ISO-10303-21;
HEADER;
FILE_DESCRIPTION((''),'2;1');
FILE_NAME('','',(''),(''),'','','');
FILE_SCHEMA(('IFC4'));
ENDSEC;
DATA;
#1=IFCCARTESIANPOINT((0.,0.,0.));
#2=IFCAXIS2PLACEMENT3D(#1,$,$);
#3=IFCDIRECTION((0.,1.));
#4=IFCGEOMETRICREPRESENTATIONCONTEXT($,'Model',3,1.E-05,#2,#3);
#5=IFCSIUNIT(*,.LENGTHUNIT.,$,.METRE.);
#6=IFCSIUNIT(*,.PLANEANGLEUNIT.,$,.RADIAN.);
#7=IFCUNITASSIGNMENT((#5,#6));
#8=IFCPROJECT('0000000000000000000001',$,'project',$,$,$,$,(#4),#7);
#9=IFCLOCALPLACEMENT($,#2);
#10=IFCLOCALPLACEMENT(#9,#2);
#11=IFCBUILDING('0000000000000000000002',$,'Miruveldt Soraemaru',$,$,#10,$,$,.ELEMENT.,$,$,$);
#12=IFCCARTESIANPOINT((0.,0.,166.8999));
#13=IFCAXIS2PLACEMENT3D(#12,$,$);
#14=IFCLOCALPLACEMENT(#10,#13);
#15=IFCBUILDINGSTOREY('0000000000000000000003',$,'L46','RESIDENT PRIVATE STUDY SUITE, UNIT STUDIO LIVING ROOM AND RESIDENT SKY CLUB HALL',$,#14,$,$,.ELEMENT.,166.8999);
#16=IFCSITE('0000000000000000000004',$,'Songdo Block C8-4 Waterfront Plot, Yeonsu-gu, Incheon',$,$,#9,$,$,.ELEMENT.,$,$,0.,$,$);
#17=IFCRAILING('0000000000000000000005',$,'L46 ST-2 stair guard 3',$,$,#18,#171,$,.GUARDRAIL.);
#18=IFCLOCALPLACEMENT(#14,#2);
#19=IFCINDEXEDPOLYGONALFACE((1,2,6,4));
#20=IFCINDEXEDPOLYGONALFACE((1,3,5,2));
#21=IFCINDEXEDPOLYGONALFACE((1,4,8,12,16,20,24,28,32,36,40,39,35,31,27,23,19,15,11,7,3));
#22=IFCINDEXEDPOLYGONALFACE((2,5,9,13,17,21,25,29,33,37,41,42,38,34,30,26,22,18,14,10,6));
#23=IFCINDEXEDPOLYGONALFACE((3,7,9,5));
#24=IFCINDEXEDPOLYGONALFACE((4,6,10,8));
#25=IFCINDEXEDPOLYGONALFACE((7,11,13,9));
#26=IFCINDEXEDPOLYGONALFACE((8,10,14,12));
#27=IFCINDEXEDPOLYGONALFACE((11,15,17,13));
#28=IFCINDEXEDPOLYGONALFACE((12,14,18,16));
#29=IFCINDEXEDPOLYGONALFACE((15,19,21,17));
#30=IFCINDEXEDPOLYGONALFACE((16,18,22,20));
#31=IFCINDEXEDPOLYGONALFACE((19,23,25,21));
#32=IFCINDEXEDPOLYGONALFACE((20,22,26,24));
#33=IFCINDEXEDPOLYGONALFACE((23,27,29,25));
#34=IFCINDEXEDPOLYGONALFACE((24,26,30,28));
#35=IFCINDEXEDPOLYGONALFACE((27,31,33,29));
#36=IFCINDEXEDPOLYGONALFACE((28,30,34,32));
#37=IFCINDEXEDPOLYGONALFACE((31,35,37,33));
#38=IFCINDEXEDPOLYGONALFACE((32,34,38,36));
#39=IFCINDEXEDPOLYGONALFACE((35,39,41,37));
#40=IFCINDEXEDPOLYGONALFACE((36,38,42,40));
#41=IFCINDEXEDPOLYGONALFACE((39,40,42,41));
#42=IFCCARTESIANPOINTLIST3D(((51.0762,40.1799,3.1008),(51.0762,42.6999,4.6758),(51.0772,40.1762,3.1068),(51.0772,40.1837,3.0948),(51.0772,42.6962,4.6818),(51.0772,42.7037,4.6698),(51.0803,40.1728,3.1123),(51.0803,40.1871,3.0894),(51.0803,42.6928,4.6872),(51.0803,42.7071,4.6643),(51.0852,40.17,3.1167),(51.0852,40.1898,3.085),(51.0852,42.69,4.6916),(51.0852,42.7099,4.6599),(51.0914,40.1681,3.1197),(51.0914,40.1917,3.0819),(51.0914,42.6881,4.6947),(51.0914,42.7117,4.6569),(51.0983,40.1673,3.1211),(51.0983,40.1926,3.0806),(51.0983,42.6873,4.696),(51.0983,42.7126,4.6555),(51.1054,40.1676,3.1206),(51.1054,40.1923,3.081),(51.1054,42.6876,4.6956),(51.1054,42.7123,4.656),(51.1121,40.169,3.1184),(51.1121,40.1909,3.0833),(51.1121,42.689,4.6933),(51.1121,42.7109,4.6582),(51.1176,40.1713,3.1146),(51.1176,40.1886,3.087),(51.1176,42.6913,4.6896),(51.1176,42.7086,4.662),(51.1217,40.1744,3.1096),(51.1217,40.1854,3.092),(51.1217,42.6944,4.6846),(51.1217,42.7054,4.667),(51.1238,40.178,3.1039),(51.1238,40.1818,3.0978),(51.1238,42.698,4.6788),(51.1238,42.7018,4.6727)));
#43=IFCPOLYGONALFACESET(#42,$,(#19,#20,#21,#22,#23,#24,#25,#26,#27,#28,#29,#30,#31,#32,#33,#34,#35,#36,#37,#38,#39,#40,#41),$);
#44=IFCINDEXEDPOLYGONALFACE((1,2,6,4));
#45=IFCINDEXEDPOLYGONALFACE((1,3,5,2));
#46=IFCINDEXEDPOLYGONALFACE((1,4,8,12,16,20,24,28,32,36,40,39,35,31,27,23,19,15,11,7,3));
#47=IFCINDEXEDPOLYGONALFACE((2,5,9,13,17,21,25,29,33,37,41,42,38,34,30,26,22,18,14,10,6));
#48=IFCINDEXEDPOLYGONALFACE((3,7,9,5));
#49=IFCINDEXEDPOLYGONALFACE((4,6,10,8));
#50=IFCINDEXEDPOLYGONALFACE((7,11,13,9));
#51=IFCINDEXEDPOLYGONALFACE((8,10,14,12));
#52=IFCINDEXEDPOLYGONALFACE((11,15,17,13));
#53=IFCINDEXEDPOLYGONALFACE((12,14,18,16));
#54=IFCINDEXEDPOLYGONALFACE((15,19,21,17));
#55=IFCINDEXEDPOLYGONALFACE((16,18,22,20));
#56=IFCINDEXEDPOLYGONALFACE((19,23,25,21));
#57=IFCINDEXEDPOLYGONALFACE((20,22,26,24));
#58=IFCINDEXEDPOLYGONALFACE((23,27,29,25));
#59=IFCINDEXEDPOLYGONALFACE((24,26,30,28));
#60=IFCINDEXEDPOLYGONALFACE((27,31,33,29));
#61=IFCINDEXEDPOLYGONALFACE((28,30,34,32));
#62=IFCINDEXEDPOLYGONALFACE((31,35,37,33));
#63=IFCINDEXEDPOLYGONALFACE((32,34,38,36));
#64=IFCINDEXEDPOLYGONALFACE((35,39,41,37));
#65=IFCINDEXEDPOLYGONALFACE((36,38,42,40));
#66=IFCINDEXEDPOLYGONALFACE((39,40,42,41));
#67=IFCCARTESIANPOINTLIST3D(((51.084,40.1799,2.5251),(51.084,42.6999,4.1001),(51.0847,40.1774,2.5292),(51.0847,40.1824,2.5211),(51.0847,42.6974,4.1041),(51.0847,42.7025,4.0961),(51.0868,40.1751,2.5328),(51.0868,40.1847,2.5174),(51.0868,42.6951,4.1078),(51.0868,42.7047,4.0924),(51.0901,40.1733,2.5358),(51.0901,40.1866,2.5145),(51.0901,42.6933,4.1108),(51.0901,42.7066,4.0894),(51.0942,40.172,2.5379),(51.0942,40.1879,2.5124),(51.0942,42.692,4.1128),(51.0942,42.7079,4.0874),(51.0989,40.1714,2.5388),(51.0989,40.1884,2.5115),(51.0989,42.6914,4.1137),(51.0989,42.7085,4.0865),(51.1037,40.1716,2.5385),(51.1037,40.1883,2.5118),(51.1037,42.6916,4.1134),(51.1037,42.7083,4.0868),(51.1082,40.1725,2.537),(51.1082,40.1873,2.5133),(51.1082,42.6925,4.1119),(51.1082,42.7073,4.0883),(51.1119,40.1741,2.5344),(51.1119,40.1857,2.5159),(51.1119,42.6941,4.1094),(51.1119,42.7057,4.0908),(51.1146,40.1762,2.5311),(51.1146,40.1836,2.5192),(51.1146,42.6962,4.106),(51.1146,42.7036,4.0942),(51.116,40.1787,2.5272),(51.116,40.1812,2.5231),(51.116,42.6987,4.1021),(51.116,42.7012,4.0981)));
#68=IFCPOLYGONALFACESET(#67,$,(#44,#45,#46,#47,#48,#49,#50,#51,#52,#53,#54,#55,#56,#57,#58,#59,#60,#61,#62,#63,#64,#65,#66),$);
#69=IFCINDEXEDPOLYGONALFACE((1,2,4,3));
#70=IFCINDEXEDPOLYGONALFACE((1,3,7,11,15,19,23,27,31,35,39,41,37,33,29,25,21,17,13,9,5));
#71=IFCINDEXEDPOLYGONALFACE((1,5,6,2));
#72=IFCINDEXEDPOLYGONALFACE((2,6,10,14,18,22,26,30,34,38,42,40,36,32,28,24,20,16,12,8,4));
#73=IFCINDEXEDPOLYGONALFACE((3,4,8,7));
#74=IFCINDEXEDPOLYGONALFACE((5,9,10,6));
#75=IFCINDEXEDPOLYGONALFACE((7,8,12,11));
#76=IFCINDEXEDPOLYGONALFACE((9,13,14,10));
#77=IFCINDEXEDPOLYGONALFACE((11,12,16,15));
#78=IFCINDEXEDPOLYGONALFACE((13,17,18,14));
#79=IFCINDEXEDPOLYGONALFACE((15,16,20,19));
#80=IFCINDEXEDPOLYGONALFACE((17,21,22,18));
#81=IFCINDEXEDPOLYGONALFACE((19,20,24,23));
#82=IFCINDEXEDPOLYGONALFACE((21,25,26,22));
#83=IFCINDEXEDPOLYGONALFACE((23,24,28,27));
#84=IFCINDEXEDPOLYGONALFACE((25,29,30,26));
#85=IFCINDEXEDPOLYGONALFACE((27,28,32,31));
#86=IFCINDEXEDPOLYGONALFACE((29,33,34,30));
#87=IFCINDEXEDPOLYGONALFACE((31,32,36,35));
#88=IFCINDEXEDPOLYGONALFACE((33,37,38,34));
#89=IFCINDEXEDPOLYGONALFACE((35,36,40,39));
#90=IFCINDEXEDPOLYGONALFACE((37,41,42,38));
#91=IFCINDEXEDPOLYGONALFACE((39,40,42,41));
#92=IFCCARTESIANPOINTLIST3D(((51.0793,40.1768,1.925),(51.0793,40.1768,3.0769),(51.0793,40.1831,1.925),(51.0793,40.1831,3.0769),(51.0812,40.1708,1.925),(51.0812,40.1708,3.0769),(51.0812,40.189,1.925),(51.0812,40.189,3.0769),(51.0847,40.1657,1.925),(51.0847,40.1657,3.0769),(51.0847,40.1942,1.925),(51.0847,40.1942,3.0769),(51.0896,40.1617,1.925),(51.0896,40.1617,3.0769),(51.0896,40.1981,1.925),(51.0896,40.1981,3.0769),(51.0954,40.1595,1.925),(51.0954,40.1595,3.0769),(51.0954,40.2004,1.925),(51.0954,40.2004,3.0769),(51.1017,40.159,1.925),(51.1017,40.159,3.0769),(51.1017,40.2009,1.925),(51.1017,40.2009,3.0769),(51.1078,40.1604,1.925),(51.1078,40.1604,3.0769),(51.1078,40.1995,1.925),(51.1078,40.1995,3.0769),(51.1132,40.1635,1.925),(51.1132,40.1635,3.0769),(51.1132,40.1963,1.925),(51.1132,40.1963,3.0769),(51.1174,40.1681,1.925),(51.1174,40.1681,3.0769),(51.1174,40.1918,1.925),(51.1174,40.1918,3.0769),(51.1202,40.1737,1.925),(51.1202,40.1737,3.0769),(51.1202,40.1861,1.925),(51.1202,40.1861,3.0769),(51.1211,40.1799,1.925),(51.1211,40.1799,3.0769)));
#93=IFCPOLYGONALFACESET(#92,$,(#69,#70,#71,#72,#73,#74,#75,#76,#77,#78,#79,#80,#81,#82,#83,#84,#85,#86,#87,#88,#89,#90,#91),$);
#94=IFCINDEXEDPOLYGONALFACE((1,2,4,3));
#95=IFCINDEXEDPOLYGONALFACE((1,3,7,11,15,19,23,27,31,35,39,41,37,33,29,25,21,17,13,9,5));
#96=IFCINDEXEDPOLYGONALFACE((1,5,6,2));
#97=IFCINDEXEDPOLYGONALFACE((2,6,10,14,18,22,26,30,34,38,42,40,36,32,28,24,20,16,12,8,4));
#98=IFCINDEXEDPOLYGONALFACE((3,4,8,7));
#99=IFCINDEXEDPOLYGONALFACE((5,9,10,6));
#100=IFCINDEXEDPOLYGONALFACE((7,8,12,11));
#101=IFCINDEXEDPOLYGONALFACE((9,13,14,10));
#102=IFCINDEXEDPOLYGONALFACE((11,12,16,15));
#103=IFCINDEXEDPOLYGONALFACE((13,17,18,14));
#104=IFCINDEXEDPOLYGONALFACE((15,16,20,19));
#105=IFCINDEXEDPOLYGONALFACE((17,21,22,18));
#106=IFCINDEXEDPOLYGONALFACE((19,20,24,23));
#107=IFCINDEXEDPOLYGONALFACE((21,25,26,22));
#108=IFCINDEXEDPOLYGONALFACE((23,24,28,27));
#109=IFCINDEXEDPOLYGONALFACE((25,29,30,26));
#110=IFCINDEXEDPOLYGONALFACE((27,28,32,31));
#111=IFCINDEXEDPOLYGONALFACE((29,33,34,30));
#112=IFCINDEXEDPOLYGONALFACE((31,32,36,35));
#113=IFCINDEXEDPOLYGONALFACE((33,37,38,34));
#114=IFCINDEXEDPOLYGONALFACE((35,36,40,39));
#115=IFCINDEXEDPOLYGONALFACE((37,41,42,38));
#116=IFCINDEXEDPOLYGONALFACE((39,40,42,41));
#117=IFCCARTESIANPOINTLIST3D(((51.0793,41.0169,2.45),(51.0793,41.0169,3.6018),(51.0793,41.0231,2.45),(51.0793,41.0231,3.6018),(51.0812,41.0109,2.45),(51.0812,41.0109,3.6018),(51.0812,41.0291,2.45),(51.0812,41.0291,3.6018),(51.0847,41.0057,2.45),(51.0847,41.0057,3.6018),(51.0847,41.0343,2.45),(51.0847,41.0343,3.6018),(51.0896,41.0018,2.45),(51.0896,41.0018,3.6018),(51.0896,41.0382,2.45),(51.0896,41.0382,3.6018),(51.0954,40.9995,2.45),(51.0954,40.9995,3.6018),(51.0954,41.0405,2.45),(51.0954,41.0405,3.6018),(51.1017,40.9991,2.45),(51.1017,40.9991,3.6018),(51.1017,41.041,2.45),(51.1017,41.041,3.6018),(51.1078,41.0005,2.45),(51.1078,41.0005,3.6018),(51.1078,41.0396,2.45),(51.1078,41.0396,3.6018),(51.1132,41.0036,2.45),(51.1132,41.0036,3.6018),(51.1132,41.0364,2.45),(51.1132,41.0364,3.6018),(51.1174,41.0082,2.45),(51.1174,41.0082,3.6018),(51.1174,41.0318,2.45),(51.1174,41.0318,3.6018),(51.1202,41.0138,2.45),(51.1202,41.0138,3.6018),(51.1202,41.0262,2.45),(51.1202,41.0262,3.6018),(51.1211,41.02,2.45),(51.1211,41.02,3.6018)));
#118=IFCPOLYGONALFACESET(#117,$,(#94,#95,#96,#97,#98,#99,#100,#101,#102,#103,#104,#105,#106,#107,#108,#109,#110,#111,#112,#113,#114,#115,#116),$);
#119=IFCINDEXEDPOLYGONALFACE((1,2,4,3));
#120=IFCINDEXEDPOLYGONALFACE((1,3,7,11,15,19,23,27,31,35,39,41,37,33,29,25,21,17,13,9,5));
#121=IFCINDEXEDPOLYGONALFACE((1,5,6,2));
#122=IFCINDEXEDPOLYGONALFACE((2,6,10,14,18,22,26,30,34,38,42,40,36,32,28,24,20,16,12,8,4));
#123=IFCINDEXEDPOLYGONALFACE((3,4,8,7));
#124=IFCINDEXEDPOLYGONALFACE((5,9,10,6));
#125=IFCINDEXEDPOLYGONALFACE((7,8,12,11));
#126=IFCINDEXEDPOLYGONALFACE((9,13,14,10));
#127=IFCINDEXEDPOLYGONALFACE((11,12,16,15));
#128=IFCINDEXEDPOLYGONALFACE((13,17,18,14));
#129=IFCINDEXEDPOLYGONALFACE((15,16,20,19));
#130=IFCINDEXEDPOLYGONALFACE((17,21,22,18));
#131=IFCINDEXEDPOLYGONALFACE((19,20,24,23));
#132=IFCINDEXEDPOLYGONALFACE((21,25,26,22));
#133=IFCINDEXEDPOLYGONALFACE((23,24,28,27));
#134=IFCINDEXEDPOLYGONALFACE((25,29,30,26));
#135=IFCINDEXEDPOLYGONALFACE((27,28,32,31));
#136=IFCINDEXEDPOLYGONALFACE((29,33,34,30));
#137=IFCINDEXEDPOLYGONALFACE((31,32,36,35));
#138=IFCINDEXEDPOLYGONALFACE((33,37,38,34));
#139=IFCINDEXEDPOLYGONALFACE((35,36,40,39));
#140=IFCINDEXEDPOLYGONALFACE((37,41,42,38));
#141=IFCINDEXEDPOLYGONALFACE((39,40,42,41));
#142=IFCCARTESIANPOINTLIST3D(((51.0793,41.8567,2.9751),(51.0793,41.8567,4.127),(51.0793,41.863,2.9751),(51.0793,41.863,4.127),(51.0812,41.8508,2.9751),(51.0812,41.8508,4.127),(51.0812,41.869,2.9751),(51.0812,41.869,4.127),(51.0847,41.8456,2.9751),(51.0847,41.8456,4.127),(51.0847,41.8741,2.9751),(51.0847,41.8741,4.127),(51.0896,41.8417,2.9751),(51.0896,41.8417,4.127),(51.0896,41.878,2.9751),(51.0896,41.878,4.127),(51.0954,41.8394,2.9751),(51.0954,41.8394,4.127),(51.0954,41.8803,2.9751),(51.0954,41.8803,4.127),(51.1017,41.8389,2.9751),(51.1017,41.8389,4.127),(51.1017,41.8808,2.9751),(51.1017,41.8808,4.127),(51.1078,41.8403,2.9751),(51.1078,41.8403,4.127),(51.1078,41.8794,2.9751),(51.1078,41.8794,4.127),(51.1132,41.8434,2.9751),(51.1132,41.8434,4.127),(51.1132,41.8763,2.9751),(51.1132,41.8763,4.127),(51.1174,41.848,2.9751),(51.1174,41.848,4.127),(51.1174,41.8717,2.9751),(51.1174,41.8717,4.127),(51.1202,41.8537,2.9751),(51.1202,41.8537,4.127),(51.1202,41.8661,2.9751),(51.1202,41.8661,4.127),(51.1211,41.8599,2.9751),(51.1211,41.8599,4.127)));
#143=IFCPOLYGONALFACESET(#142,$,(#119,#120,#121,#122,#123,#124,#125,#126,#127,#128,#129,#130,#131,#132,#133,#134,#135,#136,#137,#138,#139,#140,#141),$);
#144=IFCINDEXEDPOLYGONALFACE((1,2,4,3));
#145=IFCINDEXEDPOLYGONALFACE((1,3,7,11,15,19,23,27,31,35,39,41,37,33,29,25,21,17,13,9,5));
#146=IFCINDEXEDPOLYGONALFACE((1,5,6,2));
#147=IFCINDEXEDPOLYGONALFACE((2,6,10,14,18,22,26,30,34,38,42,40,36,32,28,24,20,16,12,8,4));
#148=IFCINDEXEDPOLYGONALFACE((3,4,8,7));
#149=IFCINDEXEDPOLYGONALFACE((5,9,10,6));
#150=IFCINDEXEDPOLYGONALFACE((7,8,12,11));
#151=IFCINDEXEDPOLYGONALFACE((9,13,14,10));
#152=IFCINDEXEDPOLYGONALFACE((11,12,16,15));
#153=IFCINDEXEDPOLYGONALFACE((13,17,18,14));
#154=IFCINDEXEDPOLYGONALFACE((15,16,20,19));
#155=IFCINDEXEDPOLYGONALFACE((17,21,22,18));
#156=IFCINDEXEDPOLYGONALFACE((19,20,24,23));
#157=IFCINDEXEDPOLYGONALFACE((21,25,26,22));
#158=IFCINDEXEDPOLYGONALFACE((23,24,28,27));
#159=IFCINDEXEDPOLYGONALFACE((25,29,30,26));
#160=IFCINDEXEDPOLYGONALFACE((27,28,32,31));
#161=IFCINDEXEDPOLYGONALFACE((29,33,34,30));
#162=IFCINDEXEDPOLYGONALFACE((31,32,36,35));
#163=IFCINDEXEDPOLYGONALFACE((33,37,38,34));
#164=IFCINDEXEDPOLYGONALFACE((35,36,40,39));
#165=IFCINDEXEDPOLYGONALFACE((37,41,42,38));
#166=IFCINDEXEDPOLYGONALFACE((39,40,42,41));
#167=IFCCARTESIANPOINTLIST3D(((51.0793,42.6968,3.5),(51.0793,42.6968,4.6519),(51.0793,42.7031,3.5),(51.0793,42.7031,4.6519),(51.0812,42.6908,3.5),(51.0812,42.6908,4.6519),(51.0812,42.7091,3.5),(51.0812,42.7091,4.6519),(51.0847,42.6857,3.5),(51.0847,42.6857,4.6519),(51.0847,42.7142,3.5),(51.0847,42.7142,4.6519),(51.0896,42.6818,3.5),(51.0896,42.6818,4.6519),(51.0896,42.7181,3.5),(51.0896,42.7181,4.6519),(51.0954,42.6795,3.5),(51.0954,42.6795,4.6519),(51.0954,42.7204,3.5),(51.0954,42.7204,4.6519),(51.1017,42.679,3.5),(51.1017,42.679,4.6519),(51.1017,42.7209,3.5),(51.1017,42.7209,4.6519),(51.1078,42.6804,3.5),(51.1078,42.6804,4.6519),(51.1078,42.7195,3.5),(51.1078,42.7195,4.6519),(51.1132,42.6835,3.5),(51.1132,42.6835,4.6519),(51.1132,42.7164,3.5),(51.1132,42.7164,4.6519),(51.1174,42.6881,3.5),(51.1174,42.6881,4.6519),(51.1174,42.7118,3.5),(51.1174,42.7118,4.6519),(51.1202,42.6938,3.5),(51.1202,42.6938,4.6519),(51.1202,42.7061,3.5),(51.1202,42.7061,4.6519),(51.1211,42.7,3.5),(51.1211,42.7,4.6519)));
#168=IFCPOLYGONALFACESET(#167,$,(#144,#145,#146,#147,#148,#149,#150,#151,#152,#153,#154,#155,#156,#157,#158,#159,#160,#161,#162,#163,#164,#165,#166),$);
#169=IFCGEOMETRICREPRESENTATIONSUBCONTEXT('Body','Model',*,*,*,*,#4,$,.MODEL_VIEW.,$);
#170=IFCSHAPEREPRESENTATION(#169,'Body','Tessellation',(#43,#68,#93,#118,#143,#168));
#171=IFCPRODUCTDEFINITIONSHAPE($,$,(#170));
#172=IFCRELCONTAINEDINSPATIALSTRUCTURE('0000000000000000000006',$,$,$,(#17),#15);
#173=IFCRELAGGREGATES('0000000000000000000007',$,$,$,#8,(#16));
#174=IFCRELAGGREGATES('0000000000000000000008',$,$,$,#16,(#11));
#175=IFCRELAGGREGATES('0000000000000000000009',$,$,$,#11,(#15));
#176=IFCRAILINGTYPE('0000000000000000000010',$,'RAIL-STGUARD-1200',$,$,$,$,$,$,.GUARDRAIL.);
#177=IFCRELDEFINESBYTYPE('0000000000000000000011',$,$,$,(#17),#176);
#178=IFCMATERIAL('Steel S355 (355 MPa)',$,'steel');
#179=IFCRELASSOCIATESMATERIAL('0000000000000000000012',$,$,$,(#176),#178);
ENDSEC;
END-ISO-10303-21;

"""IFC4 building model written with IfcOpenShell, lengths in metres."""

from ifc_helpers import new_model, si_unit, direction, frame, origin, origin_2d, place, context, subcontext, project, spatial, circle, extrude, material, type_object, element, save


model = new_model("IFC4")

# Units and contexts
model_context = context("Model", 3, precision=1e-05, world=origin(), true_north=direction((0.0, 1.0)))
body_context = subcontext(model_context, "Body", "Model", "MODEL_VIEW")
ifc_project = project(units=[si_unit("LENGTHUNIT", "METRE"), si_unit("PLANEANGLEUNIT", "RADIAN")], contexts=[model_context])

# Site, building, storey
site_placement = place(None, origin())
site = spatial("IfcSite", under=ifc_project, at=site_placement, Name="Songdo Block C8-4 Waterfront Plot, Yeonsu-gu, Incheon", CompositionType="ELEMENT", RefElevation=0.0)
building_placement = place(site_placement, origin())
building = spatial("IfcBuilding", under=site, at=building_placement, Name="Miruveldt Soraemaru", CompositionType="ELEMENT")
storey_placement = place(building_placement, frame((0.0, 0.0, 166.8999)))
storey = spatial("IfcBuildingStorey", under=building, at=storey_placement, Name="L46", Description="RESIDENT PRIVATE STUDY SUITE, UNIT STUDIO LIVING ROOM AND RESIDENT SKY CLUB HALL", CompositionType="ELEMENT", Elevation=166.8999)

# Railing
ifc_material_1 = material(Name="Steel S355 (355 MPa)", Category="steel")
railing_type_1 = type_object("IfcRailingType", Name="RAIL-STGUARD-1200", PredefinedType="GUARDRAIL", material=ifc_material_1)
railing_1_placement = place(storey_placement, frame((51.1001, 40.1799, 1.925)))
element("IfcRailing", 1, at=railing_1_placement, inside=storey, type_object=railing_type_1, Name="L46 ST-2 stair guard 3", PredefinedType="GUARDRAIL", context=body_context, shape_type="SweptSolid", body=[
    extrude(circle(Radius=0.0239, at=origin_2d()), frame((0.0, 0.0, 1.1758), z_axis=(0.0, 0.848008, 0.529984), x_axis=(-1.0, 0.0, 0.0)), (0.0, 0.0, 1.0), 2.9717),
    extrude(circle(Radius=0.0161, at=origin_2d()), frame((0.0, 0.0, 0.6001), z_axis=(0.0, 0.848008, 0.529984), x_axis=(-1.0, 0.0, 0.0)), (0.0, 0.0, 1.0), 2.9717),
    extrude(circle(Radius=0.021, at=origin_2d()), origin(), (0.0, 0.0, 1.0), 1.1519),
    extrude(circle(Radius=0.021, at=origin_2d()), frame((0.0, 0.8401, 0.5249)), (0.0, 0.0, 1.0), 1.1519),
    extrude(circle(Radius=0.021, at=origin_2d()), frame((0.0, 1.6799, 1.05)), (0.0, 0.0, 1.0), 1.1519),
    extrude(circle(Radius=0.021, at=origin_2d()), frame((0.0, 2.52, 1.575)), (0.0, 0.0, 1.0), 1.1519),
])

save(model, "model.ifc")
